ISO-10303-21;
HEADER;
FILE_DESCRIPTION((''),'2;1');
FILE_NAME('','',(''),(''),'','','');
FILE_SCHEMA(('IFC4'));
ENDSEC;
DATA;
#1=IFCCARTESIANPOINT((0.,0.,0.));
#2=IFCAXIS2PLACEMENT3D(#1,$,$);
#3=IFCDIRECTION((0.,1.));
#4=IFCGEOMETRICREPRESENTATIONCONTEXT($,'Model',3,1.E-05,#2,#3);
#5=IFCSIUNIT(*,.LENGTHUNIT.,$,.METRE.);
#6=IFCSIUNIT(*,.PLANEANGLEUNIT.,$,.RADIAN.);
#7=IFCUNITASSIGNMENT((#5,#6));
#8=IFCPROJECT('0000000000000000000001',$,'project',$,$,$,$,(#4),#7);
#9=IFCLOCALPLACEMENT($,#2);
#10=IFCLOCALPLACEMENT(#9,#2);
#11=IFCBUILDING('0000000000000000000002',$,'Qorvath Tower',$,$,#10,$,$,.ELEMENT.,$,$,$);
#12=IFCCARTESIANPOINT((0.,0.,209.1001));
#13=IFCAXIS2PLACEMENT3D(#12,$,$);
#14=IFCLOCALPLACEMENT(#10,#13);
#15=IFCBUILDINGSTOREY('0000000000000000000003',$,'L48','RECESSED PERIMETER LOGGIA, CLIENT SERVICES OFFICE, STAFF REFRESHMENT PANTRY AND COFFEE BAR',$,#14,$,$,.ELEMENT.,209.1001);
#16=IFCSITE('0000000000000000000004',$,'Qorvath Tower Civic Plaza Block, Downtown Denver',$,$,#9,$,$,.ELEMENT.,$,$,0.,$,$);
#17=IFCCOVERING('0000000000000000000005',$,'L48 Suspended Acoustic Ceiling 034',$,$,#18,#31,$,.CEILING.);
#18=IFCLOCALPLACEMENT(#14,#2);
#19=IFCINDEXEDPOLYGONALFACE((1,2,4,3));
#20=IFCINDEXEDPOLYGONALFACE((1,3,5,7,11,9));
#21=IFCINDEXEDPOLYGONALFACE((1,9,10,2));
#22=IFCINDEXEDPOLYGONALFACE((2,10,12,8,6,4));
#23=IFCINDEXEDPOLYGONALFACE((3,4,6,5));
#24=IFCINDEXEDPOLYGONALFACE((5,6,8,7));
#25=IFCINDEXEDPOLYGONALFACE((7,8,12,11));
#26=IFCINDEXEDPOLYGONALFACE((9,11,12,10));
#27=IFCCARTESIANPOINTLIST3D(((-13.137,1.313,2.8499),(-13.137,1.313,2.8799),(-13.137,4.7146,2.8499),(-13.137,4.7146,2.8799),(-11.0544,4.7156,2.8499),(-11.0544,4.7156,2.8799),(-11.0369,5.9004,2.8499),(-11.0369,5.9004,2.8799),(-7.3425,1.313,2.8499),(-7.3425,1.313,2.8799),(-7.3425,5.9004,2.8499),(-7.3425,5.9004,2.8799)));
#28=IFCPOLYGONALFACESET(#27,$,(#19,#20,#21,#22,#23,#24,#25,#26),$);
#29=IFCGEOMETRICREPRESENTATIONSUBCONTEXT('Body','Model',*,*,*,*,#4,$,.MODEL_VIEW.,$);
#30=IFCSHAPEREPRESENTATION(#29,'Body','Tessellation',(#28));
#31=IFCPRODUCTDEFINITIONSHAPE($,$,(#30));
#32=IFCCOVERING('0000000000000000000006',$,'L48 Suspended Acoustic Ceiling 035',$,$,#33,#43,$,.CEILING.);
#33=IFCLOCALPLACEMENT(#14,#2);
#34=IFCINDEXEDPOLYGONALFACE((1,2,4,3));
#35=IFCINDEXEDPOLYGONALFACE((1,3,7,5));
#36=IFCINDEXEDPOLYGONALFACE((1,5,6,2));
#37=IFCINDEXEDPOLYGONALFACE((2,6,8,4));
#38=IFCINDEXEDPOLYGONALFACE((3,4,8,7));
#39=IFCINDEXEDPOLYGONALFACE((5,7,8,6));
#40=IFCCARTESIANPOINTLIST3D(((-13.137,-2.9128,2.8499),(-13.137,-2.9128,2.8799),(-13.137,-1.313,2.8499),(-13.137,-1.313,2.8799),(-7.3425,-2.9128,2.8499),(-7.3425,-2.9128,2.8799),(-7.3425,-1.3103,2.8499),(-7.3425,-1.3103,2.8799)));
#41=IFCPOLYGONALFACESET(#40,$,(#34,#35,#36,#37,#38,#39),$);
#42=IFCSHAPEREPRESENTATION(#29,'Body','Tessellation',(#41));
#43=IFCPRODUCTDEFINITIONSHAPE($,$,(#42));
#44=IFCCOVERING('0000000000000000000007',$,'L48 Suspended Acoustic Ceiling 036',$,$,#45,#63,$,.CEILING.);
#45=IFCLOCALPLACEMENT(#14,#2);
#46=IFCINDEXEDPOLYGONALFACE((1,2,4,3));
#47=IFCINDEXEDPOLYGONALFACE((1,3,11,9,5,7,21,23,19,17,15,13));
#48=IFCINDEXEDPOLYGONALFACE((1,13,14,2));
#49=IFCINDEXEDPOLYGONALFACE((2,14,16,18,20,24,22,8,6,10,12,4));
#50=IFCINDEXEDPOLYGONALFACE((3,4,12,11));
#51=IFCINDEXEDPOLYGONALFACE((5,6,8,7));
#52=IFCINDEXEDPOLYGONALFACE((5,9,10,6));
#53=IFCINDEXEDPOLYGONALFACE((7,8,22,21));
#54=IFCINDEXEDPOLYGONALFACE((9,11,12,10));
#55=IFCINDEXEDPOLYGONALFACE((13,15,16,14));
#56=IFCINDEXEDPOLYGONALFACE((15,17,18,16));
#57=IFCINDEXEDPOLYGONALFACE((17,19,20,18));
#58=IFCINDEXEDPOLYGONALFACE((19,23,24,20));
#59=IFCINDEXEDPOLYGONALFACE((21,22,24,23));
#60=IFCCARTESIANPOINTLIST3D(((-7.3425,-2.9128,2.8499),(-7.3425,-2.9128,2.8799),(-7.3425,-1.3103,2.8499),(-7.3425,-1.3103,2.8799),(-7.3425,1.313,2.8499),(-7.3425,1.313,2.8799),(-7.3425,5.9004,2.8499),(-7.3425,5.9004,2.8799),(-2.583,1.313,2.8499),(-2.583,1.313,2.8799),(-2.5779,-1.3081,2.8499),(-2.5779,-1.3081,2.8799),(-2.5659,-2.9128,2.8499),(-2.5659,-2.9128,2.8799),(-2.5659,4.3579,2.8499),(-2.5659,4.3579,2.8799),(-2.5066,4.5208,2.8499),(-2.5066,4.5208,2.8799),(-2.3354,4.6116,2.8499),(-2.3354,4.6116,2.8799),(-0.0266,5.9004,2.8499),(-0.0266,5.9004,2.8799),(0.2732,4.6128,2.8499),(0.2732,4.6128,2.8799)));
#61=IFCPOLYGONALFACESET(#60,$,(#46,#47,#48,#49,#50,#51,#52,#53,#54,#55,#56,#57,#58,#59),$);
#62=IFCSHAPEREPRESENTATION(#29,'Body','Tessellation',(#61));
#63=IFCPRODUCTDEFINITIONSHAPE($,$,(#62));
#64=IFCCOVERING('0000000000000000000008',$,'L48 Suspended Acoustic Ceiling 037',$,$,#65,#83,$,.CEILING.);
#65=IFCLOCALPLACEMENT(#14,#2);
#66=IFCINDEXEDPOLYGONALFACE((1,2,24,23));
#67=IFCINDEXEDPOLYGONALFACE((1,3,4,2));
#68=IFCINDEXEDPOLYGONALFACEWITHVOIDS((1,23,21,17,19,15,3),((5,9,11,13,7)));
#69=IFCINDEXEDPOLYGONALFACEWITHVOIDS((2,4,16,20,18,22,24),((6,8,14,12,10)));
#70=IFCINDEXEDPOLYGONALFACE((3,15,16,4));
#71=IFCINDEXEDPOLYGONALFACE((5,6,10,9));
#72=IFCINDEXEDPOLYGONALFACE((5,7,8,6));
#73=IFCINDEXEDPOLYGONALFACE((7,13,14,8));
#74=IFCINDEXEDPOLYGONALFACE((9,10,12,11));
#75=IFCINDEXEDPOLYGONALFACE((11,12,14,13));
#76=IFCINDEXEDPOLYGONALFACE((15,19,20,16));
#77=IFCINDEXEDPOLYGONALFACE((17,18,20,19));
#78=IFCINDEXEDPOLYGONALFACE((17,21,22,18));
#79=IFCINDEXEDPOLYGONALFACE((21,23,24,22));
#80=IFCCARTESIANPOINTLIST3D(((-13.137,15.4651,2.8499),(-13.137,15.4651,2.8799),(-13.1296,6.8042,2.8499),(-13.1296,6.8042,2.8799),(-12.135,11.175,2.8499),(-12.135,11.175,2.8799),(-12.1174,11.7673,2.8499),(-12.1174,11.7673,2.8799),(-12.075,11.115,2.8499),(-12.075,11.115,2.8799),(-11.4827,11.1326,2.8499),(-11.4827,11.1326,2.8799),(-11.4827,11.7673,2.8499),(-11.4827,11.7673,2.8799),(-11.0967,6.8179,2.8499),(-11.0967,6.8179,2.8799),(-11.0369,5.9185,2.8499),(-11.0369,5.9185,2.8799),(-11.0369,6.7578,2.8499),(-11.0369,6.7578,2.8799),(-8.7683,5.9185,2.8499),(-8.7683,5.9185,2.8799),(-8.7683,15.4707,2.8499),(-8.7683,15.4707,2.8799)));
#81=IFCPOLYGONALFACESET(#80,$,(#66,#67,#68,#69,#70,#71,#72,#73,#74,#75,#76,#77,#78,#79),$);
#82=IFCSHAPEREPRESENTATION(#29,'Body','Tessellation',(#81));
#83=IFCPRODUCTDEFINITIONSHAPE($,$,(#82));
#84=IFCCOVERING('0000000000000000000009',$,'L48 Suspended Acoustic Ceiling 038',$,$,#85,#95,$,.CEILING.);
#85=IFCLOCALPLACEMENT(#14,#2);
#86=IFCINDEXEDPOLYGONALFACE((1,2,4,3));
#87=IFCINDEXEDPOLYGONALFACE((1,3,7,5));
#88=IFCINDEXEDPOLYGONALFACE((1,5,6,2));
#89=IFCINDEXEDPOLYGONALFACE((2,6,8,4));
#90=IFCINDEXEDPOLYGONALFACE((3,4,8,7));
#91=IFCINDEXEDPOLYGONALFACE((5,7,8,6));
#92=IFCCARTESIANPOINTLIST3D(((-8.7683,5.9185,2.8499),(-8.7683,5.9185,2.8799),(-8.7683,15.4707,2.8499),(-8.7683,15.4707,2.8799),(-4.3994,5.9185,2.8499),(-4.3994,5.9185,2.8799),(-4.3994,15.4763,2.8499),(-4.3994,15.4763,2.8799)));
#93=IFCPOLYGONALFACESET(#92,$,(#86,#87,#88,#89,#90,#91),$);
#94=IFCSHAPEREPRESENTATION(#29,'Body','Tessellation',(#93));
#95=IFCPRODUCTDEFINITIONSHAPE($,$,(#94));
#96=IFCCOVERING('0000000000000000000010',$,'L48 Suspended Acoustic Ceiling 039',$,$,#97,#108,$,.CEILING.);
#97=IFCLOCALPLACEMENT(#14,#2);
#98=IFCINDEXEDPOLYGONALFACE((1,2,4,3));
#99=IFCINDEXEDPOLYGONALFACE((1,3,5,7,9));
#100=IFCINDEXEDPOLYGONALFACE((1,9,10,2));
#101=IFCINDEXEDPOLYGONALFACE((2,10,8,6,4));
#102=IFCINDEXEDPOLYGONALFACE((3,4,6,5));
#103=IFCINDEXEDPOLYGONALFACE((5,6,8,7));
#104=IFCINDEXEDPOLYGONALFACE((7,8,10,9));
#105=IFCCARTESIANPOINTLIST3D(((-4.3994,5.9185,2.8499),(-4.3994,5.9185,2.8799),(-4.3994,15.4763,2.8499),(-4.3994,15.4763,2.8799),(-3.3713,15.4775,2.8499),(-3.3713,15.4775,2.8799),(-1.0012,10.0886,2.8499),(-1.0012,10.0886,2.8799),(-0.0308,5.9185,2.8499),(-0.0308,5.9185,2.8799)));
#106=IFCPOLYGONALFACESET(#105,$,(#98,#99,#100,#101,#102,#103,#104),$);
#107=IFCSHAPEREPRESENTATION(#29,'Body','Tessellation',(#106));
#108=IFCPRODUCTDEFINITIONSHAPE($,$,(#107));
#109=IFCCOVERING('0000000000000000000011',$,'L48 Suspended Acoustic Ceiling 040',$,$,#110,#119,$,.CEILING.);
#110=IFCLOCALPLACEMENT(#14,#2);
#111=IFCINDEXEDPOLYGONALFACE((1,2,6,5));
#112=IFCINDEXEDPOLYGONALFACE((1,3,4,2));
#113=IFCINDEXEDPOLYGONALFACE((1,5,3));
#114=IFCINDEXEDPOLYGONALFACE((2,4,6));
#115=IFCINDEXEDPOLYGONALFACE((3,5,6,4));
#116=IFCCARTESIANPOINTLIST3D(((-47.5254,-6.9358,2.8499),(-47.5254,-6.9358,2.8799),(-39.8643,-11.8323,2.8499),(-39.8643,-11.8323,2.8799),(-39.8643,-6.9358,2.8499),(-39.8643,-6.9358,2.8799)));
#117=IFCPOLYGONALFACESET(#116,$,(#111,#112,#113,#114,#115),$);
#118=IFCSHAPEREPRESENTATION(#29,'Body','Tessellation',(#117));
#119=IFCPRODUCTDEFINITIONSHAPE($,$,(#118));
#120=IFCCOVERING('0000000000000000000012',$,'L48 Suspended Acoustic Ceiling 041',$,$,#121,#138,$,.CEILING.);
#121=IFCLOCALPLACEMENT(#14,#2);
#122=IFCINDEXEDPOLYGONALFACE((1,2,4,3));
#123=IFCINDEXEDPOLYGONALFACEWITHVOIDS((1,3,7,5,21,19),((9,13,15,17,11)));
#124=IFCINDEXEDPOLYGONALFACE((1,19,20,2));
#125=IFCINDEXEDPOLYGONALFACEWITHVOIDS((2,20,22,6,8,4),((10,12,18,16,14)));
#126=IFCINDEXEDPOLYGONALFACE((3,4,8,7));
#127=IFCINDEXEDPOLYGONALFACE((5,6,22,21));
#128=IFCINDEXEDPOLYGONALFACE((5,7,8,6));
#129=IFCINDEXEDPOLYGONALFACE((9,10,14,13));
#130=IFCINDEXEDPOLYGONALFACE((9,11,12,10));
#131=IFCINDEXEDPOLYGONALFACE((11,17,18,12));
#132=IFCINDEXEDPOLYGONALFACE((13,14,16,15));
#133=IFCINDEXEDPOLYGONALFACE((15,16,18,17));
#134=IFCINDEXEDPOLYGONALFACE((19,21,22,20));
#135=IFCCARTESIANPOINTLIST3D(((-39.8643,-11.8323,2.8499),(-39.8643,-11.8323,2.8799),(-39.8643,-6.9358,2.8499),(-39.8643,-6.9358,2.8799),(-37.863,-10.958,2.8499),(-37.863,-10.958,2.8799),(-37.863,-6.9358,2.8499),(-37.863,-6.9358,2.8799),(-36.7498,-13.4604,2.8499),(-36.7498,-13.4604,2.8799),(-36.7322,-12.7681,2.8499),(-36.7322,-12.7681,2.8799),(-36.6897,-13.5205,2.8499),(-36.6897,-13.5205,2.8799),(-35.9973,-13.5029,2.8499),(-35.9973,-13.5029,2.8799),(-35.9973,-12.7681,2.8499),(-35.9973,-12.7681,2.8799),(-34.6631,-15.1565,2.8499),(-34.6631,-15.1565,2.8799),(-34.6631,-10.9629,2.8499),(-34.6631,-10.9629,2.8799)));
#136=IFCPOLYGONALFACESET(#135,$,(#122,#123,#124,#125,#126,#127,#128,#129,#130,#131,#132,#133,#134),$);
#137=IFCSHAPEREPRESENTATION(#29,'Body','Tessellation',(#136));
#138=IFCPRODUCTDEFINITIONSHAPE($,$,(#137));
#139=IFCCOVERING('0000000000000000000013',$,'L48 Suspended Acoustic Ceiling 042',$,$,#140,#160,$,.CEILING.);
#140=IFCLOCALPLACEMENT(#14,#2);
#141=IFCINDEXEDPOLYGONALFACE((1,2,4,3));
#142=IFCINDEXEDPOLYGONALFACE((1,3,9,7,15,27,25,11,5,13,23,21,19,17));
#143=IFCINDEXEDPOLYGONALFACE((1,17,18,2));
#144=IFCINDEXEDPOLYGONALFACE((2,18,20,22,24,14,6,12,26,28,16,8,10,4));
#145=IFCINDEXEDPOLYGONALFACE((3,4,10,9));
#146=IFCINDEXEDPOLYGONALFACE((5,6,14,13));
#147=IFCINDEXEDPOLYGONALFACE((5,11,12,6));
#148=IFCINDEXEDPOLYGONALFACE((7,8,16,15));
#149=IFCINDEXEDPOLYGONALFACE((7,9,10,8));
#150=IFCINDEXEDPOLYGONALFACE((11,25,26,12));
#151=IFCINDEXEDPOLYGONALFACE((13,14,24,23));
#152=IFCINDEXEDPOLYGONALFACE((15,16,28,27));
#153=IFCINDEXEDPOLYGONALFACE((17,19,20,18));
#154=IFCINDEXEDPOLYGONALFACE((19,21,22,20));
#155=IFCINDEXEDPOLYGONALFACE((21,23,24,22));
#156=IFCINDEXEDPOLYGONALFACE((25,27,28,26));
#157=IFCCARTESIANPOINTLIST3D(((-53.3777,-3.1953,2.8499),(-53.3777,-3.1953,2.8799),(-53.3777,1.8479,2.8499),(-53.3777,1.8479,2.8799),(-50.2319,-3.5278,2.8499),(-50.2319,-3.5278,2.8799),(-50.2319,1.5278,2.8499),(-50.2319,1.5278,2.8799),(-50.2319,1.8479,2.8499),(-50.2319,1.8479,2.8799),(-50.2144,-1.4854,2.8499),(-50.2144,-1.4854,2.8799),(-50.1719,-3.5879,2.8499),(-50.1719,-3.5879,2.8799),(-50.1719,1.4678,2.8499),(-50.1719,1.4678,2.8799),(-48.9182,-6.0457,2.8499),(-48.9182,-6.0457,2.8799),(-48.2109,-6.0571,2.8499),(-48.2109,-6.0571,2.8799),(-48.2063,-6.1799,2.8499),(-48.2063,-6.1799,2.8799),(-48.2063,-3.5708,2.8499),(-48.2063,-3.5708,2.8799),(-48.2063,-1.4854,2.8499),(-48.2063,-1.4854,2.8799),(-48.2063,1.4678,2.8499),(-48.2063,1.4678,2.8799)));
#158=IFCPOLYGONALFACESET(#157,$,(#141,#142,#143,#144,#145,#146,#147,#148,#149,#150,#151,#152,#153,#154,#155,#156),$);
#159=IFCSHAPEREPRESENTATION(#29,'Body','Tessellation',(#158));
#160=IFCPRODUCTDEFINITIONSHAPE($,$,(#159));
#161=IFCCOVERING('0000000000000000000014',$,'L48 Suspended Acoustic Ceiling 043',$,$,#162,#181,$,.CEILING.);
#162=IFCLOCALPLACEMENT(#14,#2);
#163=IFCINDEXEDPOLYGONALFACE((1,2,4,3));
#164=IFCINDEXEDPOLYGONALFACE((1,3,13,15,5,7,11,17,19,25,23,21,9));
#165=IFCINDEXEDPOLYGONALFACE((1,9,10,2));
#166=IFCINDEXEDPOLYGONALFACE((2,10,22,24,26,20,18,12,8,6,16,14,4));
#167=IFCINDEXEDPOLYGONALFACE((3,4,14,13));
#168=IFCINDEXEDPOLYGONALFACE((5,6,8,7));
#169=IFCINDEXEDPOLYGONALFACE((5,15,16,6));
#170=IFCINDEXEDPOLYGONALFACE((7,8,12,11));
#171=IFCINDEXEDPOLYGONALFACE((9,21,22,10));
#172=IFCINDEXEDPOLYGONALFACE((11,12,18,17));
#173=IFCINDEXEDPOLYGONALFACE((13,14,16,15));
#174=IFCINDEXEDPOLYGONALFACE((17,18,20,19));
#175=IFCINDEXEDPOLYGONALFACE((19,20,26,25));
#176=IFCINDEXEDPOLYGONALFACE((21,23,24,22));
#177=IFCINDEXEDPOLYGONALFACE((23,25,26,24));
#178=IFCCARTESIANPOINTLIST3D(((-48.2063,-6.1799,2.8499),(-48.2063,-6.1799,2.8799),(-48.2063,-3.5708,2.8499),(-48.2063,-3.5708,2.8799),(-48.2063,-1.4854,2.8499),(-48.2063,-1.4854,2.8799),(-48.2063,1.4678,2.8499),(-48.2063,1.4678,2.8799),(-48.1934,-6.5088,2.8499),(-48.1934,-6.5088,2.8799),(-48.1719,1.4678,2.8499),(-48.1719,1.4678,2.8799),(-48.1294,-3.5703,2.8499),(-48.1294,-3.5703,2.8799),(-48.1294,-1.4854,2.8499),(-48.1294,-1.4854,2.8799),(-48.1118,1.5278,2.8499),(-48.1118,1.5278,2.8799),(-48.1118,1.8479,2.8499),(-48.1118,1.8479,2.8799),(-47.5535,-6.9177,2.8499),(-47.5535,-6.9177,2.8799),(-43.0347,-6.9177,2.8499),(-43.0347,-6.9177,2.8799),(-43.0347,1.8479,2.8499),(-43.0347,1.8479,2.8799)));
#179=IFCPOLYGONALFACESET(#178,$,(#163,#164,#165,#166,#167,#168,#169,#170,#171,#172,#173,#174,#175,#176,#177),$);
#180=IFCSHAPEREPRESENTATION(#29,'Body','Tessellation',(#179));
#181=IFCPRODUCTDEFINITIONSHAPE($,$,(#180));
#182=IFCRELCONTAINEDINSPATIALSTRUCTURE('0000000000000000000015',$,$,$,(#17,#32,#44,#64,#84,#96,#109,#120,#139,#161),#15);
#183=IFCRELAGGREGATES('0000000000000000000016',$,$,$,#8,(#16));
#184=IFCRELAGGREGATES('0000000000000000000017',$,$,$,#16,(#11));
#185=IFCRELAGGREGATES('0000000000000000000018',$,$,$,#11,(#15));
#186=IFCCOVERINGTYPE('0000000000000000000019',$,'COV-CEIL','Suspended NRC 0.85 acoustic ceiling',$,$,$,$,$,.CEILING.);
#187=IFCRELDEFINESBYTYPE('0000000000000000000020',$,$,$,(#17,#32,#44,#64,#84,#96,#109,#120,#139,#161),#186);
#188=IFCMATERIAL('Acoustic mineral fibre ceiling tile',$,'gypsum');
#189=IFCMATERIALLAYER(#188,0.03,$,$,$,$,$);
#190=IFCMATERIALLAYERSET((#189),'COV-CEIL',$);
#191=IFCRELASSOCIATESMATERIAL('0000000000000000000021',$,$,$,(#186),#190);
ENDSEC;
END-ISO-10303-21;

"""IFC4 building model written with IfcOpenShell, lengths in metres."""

from ifc_helpers import new_model, si_unit, direction, frame, origin, place, context, subcontext, project, spatial, polyline, outline, extrude, material, layer, layer_set, type_object, element, save


model = new_model("IFC4")

# Units and contexts
model_context = context("Model", 3, precision=1e-05, world=origin(), true_north=direction((0.0, 1.0)))
body_context = subcontext(model_context, "Body", "Model", "MODEL_VIEW")
ifc_project = project(units=[si_unit("LENGTHUNIT", "METRE"), si_unit("PLANEANGLEUNIT", "RADIAN")], contexts=[model_context])

# Site, building, storey
site_placement = place(None, origin())
site = spatial("IfcSite", under=ifc_project, at=site_placement, Name="Qorvath Tower Civic Plaza Block, Downtown Denver", CompositionType="ELEMENT", RefElevation=0.0)
building_placement = place(site_placement, origin())
building = spatial("IfcBuilding", under=site, at=building_placement, Name="Qorvath Tower", CompositionType="ELEMENT")
storey_placement = place(building_placement, frame((0.0, 0.0, 209.1001)))
storey = spatial("IfcBuildingStorey", under=building, at=storey_placement, Name="L48", Description="RECESSED PERIMETER LOGGIA, CLIENT SERVICES OFFICE, STAFF REFRESHMENT PANTRY AND COFFEE BAR", CompositionType="ELEMENT", Elevation=209.1001)

# Coverings
ifc_material_1 = material(Name="Acoustic mineral fibre ceiling tile", Category="gypsum")
ifc_layer_1 = layer(ifc_material_1, 0.03)
ifc_layer_set_1 = layer_set([ifc_layer_1], Name="COV-CEIL")
covering_type_1 = type_object("IfcCoveringType", Name="COV-CEIL", Description="Suspended NRC 0.85 acoustic ceiling", PredefinedType="CEILING", material=ifc_layer_set_1)
covering_1_placement = place(storey_placement, frame((0.0, 0.0, 2.8499)))
element("IfcCovering", 1, at=covering_1_placement, inside=storey, type_object=covering_type_1, Name="L48 Suspended Acoustic Ceiling 034", PredefinedType="CEILING", context=body_context, shape_type="SweptSolid", body=[
    extrude(outline(polyline([(-7.3425, 1.313), (-7.3425, 5.9004), (-11.0369, 5.9004), (-11.0544, 4.7156), (-13.137, 4.7146), (-13.137, 1.313), (-7.3425, 1.313)])), origin(), (0.0, 0.0, 1.0), 0.03),
])
covering_2_placement = place(storey_placement, frame((0.0, 0.0, 2.8499)))
element("IfcCovering", 2, at=covering_2_placement, inside=storey, type_object=covering_type_1, Name="L48 Suspended Acoustic Ceiling 035", PredefinedType="CEILING", context=body_context, shape_type="SweptSolid", body=[
    extrude(outline(polyline([(-7.3425, -2.9128), (-7.3425, -1.3103), (-13.137, -1.313), (-13.137, -2.9128), (-7.3425, -2.9128)])), origin(), (0.0, 0.0, 1.0), 0.03),
])
covering_3_placement = place(storey_placement, frame((0.0, 0.0, 2.8499)))
element("IfcCovering", 3, at=covering_3_placement, inside=storey, type_object=covering_type_1, Name="L48 Suspended Acoustic Ceiling 036", PredefinedType="CEILING", context=body_context, shape_type="SweptSolid", body=[
    extrude(outline(polyline([(-2.5066, 4.5208), (-2.3354, 4.6116), (0.2732, 4.6128), (-0.0266, 5.9004), (-7.3425, 5.9004), (-7.3425, 1.313), (-2.583, 1.313), (-2.5779, -1.3081), (-7.3425, -1.3103), (-7.3425, -2.9128), (-2.5659, -2.9128), (-2.5659, 4.3579), (-2.5066, 4.5208)])), origin(), (0.0, 0.0, 1.0), 0.03),
])
covering_4_placement = place(storey_placement, frame((0.0, 0.0, 2.8499)))
element("IfcCovering", 4, at=covering_4_placement, inside=storey, type_object=covering_type_1, Name="L48 Suspended Acoustic Ceiling 037", PredefinedType="CEILING", context=body_context, shape_type="SweptSolid", body=[
    extrude(outline(polyline([(-11.0369, 6.7578), (-11.0369, 5.9185), (-8.7683, 5.9185), (-8.7683, 15.4707), (-13.137, 15.4651), (-13.1296, 6.8042), (-11.0967, 6.8179), (-11.0369, 6.7578)]), holes=[polyline([(-12.135, 11.175), (-12.1174, 11.7673), (-11.4827, 11.7673), (-11.4827, 11.1326), (-12.075, 11.115), (-12.135, 11.175)])]), origin(), (0.0, 0.0, 1.0), 0.03),
])
covering_5_placement = place(storey_placement, frame((0.0, 0.0, 2.8499)))
element("IfcCovering", 5, at=covering_5_placement, inside=storey, type_object=covering_type_1, Name="L48 Suspended Acoustic Ceiling 038", PredefinedType="CEILING", context=body_context, shape_type="SweptSolid", body=[
    extrude(outline(polyline([(-8.7683, 15.4707), (-8.7683, 5.9185), (-4.3994, 5.9185), (-4.3994, 15.4763), (-8.7683, 15.4707)])), origin(), (0.0, 0.0, 1.0), 0.03),
])
covering_6_placement = place(storey_placement, frame((0.0, 0.0, 2.8499)))
element("IfcCovering", 6, at=covering_6_placement, inside=storey, type_object=covering_type_1, Name="L48 Suspended Acoustic Ceiling 039", PredefinedType="CEILING", context=body_context, shape_type="SweptSolid", body=[
    extrude(outline(polyline([(-4.3994, 15.4763), (-4.3994, 5.9185), (-0.0308, 5.9185), (-1.0012, 10.0886), (-3.3713, 15.4775), (-4.3994, 15.4763)])), origin(), (0.0, 0.0, 1.0), 0.03),
])
covering_7_placement = place(storey_placement, frame((0.0, 0.0, 2.8499)))
element("IfcCovering", 7, at=covering_7_placement, inside=storey, type_object=covering_type_1, Name="L48 Suspended Acoustic Ceiling 040", PredefinedType="CEILING", context=body_context, shape_type="SweptSolid", body=[
    extrude(outline(polyline([(-39.8643, -11.8323), (-39.8643, -6.9358), (-47.5254, -6.9358), (-39.8643, -11.8323)])), origin(), (0.0, 0.0, 1.0), 0.03),
])
covering_8_placement = place(storey_placement, frame((0.0, 0.0, 2.8499)))
element("IfcCovering", 8, at=covering_8_placement, inside=storey, type_object=covering_type_1, Name="L48 Suspended Acoustic Ceiling 041", PredefinedType="CEILING", context=body_context, shape_type="SweptSolid", body=[
    extrude(outline(polyline([(-37.863, -10.958), (-37.863, -6.9358), (-39.8643, -6.9358), (-39.8643, -11.8323), (-34.6631, -15.1565), (-34.6631, -10.9629), (-37.863, -10.958)]), holes=[polyline([(-36.7498, -13.4604), (-36.7322, -12.7681), (-35.9973, -12.7681), (-35.9973, -13.5029), (-36.6897, -13.5205), (-36.7498, -13.4604)])]), origin(), (0.0, 0.0, 1.0), 0.03),
])
covering_9_placement = place(storey_placement, frame((0.0, 0.0, 2.8499)))
element("IfcCovering", 9, at=covering_9_placement, inside=storey, type_object=covering_type_1, Name="L48 Suspended Acoustic Ceiling 042", PredefinedType="CEILING", context=body_context, shape_type="SweptSolid", body=[
    extrude(outline(polyline([(-53.3777, 1.8479), (-53.3777, -3.1953), (-48.9182, -6.0457), (-48.2109, -6.0571), (-48.2063, -6.1799), (-48.2063, -3.5708), (-50.1719, -3.5879), (-50.2319, -3.5278), (-50.2144, -1.4854), (-48.2063, -1.4854), (-48.2063, 1.4678), (-50.1719, 1.4678), (-50.2319, 1.5278), (-50.2319, 1.8479), (-53.3777, 1.8479)])), origin(), (0.0, 0.0, 1.0), 0.03),
])
covering_10_placement = place(storey_placement, frame((0.0, 0.0, 2.8499)))
element("IfcCovering", 10, at=covering_10_placement, inside=storey, type_object=covering_type_1, Name="L48 Suspended Acoustic Ceiling 043", PredefinedType="CEILING", context=body_context, shape_type="SweptSolid", body=[
    extrude(outline(polyline([(-48.2063, 1.4678), (-48.2063, -1.4854), (-48.1294, -1.4854), (-48.1294, -3.5703), (-48.2063, -3.5708), (-48.2063, -6.1799), (-48.1934, -6.5088), (-47.5535, -6.9177), (-43.0347, -6.9177), (-43.0347, 1.8479), (-48.1118, 1.8479), (-48.1118, 1.5278), (-48.1719, 1.4678), (-48.2063, 1.4678)])), origin(), (0.0, 0.0, 1.0), 0.03),
])

save(model, "model.ifc")
